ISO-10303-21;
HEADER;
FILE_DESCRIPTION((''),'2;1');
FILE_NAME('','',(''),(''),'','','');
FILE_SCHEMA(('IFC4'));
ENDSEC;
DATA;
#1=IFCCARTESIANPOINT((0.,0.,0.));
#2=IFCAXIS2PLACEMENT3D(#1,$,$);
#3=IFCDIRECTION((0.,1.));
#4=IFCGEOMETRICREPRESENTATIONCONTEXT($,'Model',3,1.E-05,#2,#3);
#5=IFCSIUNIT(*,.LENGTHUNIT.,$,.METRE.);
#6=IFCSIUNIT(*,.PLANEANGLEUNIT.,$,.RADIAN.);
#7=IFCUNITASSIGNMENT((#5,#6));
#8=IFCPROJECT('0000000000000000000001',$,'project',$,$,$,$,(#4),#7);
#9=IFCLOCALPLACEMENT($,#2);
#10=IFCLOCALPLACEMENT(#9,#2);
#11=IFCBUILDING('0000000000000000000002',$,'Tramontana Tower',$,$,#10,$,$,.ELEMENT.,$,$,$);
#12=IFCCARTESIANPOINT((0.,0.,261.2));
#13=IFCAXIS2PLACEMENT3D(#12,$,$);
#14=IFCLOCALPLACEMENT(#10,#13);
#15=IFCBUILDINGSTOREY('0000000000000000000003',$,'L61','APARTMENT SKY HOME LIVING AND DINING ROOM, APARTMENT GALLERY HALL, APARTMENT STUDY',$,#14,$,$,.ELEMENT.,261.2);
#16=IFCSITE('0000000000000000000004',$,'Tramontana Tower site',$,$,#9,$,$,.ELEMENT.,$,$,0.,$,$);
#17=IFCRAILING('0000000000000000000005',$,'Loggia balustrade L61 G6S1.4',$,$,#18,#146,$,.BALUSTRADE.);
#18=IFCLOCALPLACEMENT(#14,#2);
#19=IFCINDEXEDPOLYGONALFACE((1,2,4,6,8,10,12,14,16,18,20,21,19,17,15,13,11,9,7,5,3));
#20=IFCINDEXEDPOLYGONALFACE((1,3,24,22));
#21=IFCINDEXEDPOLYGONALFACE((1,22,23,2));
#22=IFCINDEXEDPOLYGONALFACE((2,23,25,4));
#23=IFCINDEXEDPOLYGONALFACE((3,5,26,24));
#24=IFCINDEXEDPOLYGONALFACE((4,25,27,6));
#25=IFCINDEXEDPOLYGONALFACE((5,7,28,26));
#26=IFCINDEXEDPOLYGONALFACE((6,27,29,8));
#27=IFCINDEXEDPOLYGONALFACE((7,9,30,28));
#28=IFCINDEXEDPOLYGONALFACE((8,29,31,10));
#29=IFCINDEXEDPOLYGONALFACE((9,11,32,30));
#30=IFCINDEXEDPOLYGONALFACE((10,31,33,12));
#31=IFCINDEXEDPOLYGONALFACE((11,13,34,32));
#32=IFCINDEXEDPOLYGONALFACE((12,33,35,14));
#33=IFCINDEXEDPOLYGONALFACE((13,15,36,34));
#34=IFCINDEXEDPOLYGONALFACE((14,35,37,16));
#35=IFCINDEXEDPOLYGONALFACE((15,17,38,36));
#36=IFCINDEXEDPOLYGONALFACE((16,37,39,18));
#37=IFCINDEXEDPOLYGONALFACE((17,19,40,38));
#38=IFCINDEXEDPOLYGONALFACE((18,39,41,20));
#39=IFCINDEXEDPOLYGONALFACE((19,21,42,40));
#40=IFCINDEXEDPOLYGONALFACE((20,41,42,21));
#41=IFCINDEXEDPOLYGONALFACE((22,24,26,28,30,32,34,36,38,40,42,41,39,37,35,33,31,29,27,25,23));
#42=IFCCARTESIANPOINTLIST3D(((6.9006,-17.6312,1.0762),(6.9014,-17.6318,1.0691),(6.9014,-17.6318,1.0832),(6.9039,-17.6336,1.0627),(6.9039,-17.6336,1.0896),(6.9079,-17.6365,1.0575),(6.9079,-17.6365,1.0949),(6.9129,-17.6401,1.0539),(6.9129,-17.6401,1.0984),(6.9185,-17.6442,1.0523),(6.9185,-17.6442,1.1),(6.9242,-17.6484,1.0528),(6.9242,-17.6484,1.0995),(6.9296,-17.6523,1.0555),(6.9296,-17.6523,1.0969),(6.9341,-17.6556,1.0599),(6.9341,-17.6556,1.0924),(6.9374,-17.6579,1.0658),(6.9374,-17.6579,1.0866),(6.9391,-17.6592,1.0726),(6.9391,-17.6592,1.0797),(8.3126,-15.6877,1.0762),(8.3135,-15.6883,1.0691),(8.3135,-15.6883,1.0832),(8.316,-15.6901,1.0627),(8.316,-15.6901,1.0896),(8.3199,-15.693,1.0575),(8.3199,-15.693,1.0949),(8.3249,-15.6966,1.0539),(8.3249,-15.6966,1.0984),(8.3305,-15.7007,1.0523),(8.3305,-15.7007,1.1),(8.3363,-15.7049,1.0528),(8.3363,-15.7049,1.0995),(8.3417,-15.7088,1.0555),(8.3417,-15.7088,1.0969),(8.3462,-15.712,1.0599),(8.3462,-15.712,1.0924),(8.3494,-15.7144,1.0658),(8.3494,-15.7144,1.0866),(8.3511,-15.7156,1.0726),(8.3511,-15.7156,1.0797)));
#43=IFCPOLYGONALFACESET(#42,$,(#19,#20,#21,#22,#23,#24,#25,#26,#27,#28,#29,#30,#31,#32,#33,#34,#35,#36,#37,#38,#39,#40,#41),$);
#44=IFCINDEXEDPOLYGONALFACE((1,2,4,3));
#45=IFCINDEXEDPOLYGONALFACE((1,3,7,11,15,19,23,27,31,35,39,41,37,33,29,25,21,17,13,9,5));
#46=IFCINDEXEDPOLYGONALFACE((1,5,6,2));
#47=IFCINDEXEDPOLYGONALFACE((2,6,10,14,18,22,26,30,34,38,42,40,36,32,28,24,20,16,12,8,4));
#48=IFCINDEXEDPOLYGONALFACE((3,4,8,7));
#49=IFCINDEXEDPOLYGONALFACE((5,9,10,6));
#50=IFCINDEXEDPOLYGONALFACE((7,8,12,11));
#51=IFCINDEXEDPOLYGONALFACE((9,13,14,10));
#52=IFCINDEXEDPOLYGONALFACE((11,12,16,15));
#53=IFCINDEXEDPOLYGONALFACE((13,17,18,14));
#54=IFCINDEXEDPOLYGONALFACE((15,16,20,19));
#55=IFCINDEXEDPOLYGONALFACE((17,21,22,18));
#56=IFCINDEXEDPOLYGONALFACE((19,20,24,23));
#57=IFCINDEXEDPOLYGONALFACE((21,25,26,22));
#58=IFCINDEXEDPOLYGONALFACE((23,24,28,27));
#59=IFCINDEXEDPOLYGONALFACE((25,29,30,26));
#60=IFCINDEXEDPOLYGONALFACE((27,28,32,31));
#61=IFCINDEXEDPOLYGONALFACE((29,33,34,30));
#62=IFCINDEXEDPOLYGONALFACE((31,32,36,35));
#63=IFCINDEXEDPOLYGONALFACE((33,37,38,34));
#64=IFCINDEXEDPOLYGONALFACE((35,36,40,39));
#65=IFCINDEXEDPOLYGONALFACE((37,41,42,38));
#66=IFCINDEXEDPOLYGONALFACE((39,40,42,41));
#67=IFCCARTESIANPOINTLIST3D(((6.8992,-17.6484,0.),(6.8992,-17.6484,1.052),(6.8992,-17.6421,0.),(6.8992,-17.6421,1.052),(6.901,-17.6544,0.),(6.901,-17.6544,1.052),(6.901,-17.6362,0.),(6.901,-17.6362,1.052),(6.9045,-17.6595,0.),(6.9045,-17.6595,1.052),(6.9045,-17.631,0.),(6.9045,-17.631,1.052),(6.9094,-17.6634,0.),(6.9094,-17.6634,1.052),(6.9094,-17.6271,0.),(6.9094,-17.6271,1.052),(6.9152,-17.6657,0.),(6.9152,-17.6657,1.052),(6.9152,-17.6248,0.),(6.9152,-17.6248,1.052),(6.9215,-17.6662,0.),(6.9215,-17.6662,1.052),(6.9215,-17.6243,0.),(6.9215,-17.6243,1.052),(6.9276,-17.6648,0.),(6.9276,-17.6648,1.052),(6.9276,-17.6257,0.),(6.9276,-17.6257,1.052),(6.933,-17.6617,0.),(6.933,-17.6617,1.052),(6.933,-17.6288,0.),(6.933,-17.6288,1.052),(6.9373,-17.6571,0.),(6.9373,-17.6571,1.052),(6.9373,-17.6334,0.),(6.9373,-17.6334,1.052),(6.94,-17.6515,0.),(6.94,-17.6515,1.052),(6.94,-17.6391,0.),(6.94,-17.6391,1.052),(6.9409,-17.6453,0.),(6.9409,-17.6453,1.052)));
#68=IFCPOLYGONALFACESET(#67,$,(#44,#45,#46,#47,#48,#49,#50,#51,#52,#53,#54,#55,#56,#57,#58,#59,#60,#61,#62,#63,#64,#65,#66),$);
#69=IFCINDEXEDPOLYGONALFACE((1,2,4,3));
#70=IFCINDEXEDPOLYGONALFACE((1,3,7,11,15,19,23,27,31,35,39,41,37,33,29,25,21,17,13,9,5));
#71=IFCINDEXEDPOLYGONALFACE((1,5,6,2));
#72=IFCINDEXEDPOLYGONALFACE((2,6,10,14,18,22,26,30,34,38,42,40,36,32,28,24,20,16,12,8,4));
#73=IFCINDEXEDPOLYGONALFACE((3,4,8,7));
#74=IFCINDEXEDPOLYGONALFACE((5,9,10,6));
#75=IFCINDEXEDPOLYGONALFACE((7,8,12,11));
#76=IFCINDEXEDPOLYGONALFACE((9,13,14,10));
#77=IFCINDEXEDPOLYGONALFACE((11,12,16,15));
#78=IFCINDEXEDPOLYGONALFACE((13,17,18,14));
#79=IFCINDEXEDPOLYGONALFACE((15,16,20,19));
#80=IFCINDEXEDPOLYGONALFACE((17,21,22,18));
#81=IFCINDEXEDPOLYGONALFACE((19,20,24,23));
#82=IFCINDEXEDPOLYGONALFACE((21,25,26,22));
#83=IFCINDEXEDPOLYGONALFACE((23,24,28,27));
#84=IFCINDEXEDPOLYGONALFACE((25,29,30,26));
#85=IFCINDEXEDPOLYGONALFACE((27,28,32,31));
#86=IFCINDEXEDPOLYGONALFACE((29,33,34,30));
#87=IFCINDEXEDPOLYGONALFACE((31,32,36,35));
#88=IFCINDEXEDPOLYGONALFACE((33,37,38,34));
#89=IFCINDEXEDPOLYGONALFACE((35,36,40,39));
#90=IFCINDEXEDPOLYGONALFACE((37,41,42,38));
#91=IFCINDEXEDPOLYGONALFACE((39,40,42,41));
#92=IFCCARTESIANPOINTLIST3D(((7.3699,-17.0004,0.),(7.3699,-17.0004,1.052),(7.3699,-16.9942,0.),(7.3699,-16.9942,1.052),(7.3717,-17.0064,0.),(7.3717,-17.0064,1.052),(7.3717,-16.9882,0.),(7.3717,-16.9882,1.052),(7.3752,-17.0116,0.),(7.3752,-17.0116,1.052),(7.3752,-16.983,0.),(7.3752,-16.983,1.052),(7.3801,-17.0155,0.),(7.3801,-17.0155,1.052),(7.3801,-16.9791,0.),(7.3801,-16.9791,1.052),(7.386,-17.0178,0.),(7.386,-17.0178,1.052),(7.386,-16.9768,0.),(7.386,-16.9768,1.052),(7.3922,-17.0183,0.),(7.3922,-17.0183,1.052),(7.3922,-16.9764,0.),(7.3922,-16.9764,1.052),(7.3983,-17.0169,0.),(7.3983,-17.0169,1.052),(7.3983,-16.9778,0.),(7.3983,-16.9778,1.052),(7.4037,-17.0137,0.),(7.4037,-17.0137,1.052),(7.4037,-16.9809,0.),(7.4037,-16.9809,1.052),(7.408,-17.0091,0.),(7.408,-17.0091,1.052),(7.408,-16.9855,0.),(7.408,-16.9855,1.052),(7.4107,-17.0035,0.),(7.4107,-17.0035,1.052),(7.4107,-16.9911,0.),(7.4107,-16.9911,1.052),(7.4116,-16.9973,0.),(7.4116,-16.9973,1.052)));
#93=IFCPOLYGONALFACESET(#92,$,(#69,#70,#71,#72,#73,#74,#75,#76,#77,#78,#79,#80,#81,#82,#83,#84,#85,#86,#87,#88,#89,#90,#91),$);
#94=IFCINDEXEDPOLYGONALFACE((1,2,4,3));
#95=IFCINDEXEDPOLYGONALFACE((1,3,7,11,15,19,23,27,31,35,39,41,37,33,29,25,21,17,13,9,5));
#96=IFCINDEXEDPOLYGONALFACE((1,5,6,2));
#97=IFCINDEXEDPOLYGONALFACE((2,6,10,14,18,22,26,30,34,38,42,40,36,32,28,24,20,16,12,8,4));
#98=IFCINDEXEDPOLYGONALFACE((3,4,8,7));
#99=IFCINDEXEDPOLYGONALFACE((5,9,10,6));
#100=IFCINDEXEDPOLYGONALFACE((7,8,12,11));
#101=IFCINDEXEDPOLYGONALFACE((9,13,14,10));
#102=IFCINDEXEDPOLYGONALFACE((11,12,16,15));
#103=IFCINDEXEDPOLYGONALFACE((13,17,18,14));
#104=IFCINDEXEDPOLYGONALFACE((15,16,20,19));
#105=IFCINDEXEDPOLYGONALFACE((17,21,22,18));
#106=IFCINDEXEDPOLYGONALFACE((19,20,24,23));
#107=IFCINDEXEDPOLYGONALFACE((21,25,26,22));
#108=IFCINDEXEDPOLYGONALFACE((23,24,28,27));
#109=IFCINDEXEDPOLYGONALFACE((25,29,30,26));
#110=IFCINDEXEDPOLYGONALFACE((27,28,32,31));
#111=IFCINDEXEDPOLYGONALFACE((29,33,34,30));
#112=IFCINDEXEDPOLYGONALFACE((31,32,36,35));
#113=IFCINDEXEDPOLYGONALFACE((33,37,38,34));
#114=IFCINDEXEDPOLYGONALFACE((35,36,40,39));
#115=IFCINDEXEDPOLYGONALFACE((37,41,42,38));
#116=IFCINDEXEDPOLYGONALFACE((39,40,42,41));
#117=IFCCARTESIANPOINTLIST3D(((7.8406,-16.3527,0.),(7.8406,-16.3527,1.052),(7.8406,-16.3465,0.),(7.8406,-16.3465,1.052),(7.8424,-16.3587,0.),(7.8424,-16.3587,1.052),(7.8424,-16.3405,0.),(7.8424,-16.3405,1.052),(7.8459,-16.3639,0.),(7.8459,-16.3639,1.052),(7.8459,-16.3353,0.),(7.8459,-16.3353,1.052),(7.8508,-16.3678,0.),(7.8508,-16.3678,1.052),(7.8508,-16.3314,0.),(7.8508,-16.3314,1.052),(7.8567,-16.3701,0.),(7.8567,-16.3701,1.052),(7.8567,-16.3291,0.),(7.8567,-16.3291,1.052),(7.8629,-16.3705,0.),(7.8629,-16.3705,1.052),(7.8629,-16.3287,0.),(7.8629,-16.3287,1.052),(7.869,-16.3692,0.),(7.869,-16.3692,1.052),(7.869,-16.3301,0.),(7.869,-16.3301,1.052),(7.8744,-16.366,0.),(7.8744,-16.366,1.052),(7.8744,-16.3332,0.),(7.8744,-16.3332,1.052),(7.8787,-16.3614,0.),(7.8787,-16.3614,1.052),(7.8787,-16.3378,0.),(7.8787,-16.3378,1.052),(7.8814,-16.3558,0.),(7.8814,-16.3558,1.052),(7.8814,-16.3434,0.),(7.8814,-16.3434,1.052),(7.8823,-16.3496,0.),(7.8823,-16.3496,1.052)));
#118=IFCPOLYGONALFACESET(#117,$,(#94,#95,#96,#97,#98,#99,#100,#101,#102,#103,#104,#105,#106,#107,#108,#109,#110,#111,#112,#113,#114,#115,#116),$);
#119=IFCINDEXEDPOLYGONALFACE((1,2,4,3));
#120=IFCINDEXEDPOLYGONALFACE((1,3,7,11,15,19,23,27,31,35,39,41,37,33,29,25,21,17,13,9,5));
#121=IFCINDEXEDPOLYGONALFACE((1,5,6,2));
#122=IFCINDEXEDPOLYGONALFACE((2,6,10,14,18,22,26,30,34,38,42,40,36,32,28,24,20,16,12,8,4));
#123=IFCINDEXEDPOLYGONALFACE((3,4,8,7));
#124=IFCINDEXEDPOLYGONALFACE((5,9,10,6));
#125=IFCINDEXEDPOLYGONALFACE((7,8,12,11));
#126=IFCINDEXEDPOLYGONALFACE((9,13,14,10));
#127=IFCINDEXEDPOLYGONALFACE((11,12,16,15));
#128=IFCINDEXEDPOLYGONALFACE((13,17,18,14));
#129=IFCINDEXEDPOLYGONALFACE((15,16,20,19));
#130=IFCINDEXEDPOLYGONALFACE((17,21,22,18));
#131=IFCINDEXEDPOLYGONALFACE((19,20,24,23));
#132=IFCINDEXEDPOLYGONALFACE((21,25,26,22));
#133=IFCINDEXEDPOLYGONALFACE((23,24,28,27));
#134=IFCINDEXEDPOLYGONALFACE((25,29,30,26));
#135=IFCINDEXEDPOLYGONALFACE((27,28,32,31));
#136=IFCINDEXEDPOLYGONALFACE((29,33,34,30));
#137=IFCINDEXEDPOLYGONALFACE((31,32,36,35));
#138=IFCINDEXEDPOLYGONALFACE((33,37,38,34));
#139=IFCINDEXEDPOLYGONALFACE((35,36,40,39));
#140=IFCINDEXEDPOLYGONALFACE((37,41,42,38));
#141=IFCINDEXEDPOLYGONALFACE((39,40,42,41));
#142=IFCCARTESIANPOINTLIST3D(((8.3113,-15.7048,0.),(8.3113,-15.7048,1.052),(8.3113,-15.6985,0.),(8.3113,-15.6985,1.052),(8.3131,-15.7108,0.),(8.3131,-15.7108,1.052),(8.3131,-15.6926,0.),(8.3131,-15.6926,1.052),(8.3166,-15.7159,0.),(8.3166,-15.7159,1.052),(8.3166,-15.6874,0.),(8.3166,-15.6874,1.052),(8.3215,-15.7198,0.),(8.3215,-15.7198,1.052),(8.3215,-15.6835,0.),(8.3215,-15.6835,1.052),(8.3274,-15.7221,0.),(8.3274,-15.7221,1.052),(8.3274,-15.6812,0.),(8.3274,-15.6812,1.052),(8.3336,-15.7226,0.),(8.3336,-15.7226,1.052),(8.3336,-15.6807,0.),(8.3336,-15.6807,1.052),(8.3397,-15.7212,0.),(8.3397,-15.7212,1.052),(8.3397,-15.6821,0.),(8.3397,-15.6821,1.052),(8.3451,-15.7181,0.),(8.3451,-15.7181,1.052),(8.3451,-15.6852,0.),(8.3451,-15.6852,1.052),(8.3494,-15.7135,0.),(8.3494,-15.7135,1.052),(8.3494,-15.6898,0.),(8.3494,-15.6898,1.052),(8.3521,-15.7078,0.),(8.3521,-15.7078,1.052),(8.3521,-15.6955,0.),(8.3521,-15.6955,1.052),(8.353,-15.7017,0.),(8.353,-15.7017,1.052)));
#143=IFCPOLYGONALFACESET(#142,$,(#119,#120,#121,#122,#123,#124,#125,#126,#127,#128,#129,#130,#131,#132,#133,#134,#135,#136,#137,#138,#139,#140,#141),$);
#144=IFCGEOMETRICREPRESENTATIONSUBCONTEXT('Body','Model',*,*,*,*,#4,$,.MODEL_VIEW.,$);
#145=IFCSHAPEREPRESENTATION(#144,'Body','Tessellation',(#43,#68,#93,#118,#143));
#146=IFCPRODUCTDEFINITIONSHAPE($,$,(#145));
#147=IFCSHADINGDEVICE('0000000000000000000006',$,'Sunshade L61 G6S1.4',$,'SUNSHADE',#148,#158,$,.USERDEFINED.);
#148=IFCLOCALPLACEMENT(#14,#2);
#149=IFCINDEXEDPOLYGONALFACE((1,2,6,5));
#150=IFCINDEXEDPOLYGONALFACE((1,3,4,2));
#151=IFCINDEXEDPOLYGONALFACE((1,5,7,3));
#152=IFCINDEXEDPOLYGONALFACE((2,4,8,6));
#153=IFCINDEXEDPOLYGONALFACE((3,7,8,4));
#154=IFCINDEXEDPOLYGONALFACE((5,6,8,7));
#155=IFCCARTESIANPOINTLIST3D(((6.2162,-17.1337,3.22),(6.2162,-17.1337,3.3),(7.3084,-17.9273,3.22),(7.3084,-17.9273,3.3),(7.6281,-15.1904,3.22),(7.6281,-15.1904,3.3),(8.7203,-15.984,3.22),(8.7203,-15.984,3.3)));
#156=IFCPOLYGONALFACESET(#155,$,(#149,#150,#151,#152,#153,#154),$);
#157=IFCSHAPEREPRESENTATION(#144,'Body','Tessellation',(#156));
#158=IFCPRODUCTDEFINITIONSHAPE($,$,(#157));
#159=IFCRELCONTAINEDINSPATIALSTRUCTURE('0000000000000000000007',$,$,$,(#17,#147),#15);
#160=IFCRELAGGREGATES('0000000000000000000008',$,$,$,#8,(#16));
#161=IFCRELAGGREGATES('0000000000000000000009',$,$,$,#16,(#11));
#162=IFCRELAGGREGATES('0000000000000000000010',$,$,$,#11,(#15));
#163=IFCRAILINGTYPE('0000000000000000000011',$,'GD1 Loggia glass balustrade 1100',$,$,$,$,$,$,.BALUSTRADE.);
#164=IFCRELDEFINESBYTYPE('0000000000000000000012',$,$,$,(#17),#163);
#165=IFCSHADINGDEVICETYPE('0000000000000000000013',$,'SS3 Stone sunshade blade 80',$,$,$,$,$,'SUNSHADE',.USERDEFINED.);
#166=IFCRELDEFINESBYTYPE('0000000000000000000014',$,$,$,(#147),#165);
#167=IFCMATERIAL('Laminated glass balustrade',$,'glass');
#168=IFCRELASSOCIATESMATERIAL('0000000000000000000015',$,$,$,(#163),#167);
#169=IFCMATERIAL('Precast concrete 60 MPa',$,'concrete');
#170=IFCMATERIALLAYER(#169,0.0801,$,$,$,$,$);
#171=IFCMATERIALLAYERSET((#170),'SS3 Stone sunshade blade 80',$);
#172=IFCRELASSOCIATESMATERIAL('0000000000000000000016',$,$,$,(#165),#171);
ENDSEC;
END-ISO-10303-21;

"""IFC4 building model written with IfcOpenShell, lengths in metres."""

from ifc_helpers import new_model, si_unit, direction, frame, origin, origin_2d, place, context, subcontext, project, spatial, rectangle, circle, extrude, material, layer, layer_set, type_object, element, save


model = new_model("IFC4")

# Units and contexts
model_context = context("Model", 3, precision=1e-05, world=origin(), true_north=direction((0.0, 1.0)))
body_context = subcontext(model_context, "Body", "Model", "MODEL_VIEW")
ifc_project = project(units=[si_unit("LENGTHUNIT", "METRE"), si_unit("PLANEANGLEUNIT", "RADIAN")], contexts=[model_context])

# Site, building, storey
site_placement = place(None, origin())
site = spatial("IfcSite", under=ifc_project, at=site_placement, Name="Tramontana Tower site", CompositionType="ELEMENT", RefElevation=0.0)
building_placement = place(site_placement, origin())
building = spatial("IfcBuilding", under=site, at=building_placement, Name="Tramontana Tower", CompositionType="ELEMENT")
storey_placement = place(building_placement, frame((0.0, 0.0, 261.2)))
storey = spatial("IfcBuildingStorey", under=building, at=storey_placement, Name="L61", Description="APARTMENT SKY HOME LIVING AND DINING ROOM, APARTMENT GALLERY HALL, APARTMENT STUDY", CompositionType="ELEMENT", Elevation=261.2)

# Railing
ifc_material_1 = material(Name="Laminated glass balustrade", Category="glass")
railing_type = type_object("IfcRailingType", Name="GD1 Loggia glass balustrade 1100", PredefinedType="BALUSTRADE", material=ifc_material_1)
railing_placement = place(storey_placement, frame((6.9199, -17.6453, 0.0)))
element("IfcRailing", 1, at=railing_placement, inside=storey, type_object=railing_type, Name="Loggia balustrade L61 G6S1.4", PredefinedType="BALUSTRADE", context=body_context, shape_type="SweptSolid", body=[
    extrude(circle(Radius=0.0239, at=origin_2d()), frame((0.0, 0.0, 1.0762), z_axis=(0.587785, 0.809017, 0.0), x_axis=(-0.809017, 0.587785, 0.0)), (0.0, 0.0, 1.0), 2.4023),
    extrude(circle(Radius=0.021, at=origin_2d()), origin(), (0.0, 0.0, 1.0), 1.052),
    extrude(circle(Radius=0.021, at=origin_2d()), frame((0.4707, 0.6479, 0.0)), (0.0, 0.0, 1.0), 1.052),
    extrude(circle(Radius=0.021, at=origin_2d()), frame((0.9414, 1.2957, 0.0)), (0.0, 0.0, 1.0), 1.052),
    extrude(circle(Radius=0.021, at=origin_2d()), frame((1.4121, 1.9436, 0.0)), (0.0, 0.0, 1.0), 1.052),
])

# Shading device
ifc_material_2 = material(Name="Precast concrete 60 MPa", Category="concrete")
ifc_layer_1 = layer(ifc_material_2, 0.0801)
ifc_layer_set_1 = layer_set([ifc_layer_1], Name="SS3 Stone sunshade blade 80")
shading_device_type = type_object("IfcShadingDeviceType", Name="SS3 Stone sunshade blade 80", ElementType="SUNSHADE", PredefinedType="USERDEFINED", material=ifc_layer_set_1)
shading_device_placement = place(storey_placement, frame((7.4683, -16.5588, 3.22), z_axis=(0.0, 0.0, 1.0), x_axis=(0.587785, 0.809017, 0.0)))
element("IfcShadingDevice", 2, at=shading_device_placement, inside=storey, type_object=shading_device_type, Name="Sunshade L61 G6S1.4", ObjectType="SUNSHADE", PredefinedType="USERDEFINED", context=body_context, shape_type="SweptSolid", body=[
    extrude(rectangle(XDim=2.4021, YDim=1.3501, at=origin_2d()), origin(), (0.0, 0.0, 1.0), 0.0801),
])

save(model, "model.ifc")
